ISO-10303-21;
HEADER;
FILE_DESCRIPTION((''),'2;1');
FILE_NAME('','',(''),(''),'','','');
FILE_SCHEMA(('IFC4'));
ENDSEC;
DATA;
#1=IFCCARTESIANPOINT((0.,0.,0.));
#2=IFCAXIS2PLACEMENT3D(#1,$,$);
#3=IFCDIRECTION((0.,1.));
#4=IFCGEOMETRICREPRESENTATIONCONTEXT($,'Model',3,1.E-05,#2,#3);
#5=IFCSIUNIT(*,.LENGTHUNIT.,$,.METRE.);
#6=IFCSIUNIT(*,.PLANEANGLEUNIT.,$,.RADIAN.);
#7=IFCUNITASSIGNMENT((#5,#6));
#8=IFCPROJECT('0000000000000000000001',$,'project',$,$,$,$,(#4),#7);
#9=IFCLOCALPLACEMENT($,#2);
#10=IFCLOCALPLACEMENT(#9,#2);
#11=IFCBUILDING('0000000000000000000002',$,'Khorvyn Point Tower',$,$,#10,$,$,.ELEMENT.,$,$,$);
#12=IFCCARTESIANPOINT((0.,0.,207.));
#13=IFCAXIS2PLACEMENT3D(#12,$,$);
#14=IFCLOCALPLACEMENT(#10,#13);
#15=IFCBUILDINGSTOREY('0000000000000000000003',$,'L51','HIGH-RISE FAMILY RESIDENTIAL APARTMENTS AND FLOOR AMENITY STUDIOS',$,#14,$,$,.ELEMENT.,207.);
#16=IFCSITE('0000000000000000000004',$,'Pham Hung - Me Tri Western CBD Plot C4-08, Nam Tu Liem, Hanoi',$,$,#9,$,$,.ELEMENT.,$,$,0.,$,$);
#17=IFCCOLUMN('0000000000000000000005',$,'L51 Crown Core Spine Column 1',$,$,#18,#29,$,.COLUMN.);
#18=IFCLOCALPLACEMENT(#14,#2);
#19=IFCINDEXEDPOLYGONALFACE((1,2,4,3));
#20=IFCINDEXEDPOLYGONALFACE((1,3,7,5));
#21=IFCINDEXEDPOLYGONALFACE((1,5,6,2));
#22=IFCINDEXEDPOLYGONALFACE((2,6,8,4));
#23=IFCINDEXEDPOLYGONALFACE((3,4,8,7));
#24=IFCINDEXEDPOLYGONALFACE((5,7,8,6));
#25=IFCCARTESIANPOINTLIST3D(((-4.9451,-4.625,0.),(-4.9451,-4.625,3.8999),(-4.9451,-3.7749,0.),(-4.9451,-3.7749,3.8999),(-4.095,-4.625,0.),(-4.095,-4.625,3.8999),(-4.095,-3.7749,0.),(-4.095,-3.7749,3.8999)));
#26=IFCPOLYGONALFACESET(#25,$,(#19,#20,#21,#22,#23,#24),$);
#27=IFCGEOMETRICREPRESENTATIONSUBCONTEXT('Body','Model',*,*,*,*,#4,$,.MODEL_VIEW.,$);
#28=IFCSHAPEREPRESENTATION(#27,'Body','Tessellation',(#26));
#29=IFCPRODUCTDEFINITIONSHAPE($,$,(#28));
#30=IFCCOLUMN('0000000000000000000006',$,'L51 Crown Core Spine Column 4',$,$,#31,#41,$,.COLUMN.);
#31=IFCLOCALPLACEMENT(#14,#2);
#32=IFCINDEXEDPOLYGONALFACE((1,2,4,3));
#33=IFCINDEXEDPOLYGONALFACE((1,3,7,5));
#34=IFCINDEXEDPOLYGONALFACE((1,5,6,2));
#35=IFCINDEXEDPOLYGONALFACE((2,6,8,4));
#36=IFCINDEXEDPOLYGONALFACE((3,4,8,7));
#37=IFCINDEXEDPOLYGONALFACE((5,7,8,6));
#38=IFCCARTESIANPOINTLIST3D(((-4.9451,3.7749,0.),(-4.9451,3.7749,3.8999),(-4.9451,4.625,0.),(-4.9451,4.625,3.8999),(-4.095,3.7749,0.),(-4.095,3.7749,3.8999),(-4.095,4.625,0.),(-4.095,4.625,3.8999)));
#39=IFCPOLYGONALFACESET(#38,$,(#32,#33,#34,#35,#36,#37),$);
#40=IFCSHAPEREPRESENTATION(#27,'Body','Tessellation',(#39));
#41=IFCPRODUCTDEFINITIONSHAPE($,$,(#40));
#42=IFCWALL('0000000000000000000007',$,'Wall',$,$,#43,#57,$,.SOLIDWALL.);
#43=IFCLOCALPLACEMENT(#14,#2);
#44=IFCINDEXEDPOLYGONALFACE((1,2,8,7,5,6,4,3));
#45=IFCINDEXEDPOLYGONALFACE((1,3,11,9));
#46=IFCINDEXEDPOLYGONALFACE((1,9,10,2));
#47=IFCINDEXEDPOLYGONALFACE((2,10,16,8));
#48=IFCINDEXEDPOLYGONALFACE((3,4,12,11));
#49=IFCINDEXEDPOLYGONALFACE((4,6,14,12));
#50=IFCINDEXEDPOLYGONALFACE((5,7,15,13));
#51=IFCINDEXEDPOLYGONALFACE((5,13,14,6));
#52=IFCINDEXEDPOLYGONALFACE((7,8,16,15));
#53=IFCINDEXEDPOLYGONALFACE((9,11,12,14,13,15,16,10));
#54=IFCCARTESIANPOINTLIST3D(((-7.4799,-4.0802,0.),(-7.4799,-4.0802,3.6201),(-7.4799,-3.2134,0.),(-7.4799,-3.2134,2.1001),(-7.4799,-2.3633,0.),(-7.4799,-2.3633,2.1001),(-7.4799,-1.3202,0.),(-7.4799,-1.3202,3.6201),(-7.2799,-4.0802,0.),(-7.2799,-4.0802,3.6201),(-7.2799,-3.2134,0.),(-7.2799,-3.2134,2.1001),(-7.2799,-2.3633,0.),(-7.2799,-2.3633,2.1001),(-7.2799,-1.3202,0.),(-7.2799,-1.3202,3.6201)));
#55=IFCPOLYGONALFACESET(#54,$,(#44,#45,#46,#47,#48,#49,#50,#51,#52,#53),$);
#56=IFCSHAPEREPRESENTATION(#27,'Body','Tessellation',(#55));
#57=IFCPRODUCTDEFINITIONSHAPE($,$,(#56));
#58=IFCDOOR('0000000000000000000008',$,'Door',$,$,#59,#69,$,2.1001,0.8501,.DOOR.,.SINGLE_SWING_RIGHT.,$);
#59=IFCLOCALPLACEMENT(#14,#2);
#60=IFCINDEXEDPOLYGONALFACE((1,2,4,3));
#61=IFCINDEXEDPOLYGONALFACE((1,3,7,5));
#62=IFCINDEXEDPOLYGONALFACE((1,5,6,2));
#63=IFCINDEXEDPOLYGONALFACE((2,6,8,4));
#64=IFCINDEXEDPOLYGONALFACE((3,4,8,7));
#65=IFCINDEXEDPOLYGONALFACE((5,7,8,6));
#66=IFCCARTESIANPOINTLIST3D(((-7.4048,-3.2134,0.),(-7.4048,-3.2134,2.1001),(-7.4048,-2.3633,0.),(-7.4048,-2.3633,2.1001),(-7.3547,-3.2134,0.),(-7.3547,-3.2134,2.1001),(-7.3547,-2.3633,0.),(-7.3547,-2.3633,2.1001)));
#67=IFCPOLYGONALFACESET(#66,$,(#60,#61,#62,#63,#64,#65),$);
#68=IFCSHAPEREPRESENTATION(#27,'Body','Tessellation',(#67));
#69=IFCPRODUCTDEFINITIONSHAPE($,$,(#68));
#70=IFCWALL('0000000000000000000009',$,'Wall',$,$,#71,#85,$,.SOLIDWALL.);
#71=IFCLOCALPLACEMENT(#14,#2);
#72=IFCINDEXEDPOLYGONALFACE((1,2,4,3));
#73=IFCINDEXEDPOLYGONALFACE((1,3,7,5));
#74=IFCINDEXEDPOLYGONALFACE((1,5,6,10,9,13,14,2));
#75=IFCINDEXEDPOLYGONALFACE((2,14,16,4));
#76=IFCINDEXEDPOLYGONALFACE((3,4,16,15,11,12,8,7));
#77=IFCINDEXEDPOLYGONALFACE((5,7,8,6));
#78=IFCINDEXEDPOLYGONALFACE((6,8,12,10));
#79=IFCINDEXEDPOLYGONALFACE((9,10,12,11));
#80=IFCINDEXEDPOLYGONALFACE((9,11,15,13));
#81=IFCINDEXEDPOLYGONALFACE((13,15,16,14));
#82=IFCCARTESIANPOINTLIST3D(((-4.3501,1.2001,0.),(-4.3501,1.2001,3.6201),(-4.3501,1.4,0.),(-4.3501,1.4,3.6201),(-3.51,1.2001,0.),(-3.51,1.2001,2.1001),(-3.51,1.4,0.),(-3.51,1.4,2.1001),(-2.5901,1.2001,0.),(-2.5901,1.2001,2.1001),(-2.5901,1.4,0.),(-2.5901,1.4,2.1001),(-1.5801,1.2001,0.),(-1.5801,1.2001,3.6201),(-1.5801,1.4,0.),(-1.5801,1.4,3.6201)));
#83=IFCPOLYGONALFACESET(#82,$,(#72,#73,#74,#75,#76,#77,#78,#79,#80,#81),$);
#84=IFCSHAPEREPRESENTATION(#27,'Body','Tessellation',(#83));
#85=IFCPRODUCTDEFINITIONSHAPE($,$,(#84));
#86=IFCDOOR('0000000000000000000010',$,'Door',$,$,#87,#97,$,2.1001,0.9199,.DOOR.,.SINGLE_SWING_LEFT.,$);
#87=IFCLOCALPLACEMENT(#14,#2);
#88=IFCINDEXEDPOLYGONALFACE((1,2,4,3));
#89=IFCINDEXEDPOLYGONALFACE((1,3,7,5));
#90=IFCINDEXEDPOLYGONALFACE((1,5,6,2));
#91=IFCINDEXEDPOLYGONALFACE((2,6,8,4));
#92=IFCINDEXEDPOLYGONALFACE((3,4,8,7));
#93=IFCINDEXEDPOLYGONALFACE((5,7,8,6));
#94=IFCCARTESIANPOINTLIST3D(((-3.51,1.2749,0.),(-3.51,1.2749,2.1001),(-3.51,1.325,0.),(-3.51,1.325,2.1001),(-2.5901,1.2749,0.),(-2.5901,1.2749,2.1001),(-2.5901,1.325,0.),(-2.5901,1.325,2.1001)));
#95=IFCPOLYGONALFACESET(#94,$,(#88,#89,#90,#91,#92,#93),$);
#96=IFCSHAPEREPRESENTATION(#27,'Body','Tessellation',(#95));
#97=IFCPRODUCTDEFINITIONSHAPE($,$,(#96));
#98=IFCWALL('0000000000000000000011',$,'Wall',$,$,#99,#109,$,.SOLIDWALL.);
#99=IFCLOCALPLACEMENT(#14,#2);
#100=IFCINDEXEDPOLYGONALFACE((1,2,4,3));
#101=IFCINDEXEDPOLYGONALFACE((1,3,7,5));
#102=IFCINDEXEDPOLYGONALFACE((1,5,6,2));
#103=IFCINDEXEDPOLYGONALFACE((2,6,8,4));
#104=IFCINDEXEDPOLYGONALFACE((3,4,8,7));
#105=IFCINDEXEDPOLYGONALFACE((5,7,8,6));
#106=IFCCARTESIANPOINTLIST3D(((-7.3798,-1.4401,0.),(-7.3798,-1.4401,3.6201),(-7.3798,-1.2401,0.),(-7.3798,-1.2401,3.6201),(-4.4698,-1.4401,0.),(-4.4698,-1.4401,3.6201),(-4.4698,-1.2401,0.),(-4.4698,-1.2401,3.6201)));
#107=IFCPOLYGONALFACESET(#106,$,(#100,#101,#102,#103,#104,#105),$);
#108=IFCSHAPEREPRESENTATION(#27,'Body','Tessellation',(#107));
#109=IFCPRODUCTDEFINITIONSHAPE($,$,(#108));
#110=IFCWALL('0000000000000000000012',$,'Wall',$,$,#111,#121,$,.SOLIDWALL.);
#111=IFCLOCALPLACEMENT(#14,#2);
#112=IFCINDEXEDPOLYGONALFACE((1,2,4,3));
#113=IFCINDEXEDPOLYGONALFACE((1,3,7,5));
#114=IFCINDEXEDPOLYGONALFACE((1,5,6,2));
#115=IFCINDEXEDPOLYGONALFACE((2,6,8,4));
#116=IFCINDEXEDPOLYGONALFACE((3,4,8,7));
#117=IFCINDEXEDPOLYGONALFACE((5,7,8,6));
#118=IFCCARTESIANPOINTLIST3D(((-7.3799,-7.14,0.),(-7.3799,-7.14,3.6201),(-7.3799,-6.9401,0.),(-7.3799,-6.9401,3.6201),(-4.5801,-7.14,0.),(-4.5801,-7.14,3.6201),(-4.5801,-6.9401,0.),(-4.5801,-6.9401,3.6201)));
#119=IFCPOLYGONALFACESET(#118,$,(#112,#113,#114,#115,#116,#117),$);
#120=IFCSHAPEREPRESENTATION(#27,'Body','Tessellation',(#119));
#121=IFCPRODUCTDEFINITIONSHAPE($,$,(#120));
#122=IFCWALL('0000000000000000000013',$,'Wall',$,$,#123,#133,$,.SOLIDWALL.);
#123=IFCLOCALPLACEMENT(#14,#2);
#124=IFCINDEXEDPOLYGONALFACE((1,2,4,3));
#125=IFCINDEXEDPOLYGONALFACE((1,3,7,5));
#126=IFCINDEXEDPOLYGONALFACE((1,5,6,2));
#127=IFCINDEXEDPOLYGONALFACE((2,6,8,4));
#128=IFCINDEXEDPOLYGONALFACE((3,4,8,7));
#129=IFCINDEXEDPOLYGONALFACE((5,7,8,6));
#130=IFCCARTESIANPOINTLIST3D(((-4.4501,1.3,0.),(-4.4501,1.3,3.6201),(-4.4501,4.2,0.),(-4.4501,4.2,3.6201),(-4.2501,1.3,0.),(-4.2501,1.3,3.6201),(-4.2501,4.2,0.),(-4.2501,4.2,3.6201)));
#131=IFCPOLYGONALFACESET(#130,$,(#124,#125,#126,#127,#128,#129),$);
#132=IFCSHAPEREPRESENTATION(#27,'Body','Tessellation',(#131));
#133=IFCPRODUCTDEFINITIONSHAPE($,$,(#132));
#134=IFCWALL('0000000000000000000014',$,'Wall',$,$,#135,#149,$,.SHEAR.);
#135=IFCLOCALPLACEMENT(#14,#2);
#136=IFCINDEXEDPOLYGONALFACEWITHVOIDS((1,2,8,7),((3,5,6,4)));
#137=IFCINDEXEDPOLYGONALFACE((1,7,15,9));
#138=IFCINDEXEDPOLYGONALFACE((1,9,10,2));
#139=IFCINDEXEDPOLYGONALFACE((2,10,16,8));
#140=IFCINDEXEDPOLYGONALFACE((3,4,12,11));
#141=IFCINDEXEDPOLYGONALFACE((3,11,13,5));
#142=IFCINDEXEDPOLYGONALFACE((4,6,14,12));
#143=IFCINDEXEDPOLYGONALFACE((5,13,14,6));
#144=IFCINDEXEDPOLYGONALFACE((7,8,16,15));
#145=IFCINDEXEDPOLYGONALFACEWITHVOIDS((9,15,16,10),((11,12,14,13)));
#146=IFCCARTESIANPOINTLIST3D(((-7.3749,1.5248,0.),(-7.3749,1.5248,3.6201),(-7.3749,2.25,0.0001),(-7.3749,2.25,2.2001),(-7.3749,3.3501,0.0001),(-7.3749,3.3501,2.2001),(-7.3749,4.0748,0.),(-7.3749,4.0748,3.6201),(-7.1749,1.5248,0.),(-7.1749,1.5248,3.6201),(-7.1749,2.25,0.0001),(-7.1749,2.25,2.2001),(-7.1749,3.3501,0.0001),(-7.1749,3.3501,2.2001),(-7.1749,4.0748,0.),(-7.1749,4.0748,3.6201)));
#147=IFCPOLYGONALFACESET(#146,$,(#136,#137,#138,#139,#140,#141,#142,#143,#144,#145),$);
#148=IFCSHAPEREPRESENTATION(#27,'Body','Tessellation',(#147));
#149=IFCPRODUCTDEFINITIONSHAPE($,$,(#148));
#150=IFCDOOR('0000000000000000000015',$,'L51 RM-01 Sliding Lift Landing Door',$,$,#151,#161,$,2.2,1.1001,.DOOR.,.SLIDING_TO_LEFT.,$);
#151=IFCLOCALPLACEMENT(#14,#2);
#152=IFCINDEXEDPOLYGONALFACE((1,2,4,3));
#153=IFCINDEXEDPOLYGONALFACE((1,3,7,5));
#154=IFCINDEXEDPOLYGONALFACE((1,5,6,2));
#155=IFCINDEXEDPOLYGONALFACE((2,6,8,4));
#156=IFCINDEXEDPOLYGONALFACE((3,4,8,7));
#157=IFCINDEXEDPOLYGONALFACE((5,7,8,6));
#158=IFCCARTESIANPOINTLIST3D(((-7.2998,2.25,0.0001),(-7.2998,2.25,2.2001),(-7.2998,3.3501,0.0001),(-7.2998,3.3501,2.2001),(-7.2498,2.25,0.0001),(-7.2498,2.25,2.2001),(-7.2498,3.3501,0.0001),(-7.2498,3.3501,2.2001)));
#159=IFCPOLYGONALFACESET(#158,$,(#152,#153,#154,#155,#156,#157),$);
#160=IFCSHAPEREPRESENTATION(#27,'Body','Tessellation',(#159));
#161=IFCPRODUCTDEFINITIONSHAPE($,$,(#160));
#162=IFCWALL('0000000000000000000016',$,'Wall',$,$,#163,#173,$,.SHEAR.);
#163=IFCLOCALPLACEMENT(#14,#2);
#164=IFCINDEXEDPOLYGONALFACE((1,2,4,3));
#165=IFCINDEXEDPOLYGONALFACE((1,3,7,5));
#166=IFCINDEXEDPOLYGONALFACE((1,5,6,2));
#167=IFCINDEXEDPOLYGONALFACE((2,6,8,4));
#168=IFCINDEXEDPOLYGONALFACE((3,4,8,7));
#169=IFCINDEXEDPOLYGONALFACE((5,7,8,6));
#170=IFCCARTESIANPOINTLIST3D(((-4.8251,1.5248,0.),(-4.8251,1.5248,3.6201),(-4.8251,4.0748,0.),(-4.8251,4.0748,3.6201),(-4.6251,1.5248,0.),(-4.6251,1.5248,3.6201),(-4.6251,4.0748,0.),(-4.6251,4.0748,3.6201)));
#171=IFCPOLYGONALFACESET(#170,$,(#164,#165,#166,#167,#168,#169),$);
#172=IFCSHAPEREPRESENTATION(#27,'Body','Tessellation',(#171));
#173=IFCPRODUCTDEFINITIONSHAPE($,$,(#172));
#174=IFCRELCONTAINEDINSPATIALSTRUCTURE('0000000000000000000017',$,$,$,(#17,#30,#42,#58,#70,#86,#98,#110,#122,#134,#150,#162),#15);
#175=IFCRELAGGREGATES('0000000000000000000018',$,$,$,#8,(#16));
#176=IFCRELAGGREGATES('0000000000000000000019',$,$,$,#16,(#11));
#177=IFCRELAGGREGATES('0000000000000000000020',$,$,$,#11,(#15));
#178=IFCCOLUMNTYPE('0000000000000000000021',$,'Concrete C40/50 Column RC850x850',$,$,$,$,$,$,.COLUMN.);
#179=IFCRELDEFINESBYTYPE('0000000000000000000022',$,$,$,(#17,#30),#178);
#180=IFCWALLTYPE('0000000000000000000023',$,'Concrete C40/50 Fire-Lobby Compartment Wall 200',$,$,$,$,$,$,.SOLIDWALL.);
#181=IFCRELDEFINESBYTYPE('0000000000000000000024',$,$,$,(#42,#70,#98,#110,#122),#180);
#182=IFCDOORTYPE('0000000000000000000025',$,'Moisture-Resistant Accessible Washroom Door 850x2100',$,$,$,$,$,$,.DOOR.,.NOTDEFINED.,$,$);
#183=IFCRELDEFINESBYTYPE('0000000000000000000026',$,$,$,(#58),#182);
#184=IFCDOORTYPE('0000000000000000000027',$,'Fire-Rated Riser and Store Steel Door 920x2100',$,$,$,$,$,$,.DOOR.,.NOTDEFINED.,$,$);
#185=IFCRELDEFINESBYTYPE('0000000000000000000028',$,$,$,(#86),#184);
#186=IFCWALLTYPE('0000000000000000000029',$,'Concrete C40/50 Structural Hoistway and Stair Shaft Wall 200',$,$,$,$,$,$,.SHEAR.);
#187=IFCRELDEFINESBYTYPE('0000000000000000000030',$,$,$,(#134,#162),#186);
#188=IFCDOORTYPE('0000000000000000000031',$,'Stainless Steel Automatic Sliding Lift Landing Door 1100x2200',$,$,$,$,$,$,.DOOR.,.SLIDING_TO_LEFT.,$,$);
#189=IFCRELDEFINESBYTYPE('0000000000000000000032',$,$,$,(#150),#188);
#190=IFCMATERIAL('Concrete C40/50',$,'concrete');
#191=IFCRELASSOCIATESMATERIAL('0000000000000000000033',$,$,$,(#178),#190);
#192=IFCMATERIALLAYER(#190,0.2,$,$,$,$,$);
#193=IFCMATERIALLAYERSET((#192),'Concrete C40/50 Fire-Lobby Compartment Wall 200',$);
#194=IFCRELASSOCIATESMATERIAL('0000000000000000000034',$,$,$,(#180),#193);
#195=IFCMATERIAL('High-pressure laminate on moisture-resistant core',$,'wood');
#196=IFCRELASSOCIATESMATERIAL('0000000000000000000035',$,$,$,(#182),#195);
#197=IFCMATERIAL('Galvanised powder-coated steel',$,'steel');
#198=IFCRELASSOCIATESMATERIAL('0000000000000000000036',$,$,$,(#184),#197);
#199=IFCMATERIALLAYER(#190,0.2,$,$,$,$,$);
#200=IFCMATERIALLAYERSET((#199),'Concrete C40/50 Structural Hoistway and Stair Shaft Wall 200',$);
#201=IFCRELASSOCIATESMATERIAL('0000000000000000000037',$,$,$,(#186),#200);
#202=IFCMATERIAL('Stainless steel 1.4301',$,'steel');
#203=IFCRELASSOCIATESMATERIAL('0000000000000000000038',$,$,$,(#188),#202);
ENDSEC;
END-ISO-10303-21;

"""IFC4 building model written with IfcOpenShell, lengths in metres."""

from ifc_helpers import new_model, si_unit, direction, frame, frame_2d, origin, origin_2d, place, context, subcontext, project, spatial, rectangle, extrude, material, layer, layer_set, material_profile, profile_set, type_object, element, fill, save


model = new_model("IFC4")

# Units and contexts
model_context = context("Model", 3, precision=1e-05, world=origin(), true_north=direction((0.0, 1.0)))
body_context = subcontext(model_context, "Body", "Model", "MODEL_VIEW")
ifc_project = project(units=[si_unit("LENGTHUNIT", "METRE"), si_unit("PLANEANGLEUNIT", "RADIAN")], contexts=[model_context])

# Site, building, storey
site_placement = place(None, origin())
site = spatial("IfcSite", under=ifc_project, at=site_placement, Name="Pham Hung - Me Tri Western CBD Plot C4-08, Nam Tu Liem, Hanoi", CompositionType="ELEMENT", RefElevation=0.0)
building_placement = place(site_placement, origin())
building = spatial("IfcBuilding", under=site, at=building_placement, Name="Khorvyn Point Tower", CompositionType="ELEMENT")
storey_placement = place(building_placement, frame((0.0, 0.0, 207.0)))
storey = spatial("IfcBuildingStorey", under=building, at=storey_placement, Name="L51", Description="HIGH-RISE FAMILY RESIDENTIAL APARTMENTS AND FLOOR AMENITY STUDIOS", CompositionType="ELEMENT", Elevation=207.0)

# Columns
ifc_material_1 = material(Name="Concrete C40/50", Category="concrete")
ifc_material_profile = material_profile(ifc_material_1, rectangle(XDim=0.8501, YDim=0.8501, at=origin_2d()))
ifc_profile_set = profile_set([ifc_material_profile], Name="Concrete C40/50 RC850x850")
column_type = type_object("IfcColumnType", Name="Concrete C40/50 Column RC850x850", PredefinedType="COLUMN", material=ifc_profile_set)
for number, where, z_axis, x_axis, name in (
    (1, (-4.52, -4.2, 0.0), (0.0, 0.0, 1.0), (1.0, 0.0, 0.0), "L51 Crown Core Spine Column 1"),
    (2, (-4.52, 4.2, 0.0), (0.0, 0.0, 1.0), (1.0, 0.0, 0.0), "L51 Crown Core Spine Column 4"),
):
    element("IfcColumn", number, at=place(storey_placement, frame(where, z_axis=z_axis, x_axis=x_axis)), inside=storey, type_object=column_type, Name=name, PredefinedType="COLUMN", context=body_context, shape_type="SweptSolid", body=[
        extrude(rectangle(XDim=0.8501, YDim=0.8501, at=origin_2d()), origin(), (0.0, 0.0, 1.0), 3.8999),
    ])

# Walls, openings, doors
ifc_layer_1 = layer(ifc_material_1, 0.2)
ifc_layer_set_1 = layer_set([ifc_layer_1], Name="Concrete C40/50 Fire-Lobby Compartment Wall 200")
wall_type_1 = type_object("IfcWallType", Name="Concrete C40/50 Fire-Lobby Compartment Wall 200", PredefinedType="SOLIDWALL", material=ifc_layer_set_1)
wall_1_placement = place(storey_placement, frame((-7.3799, -4.0801, 0.0), z_axis=(0.0, 0.0, 1.0), x_axis=(0.0, 1.0, 0.0)))
wall_1 = element("IfcWall", 3, at=wall_1_placement, inside=storey, type_object=wall_type_1, Name="Wall", PredefinedType="SOLIDWALL", context=body_context, shape_type="SweptSolid", body=[
    extrude(rectangle(XDim=2.76, YDim=0.2, at=frame_2d((1.3799, 0.0))), origin(), (0.0, 0.0, 1.0), 3.6201),
])
opening_1_placement = place(wall_1_placement, frame((0.8667, 0.0, 0.0)))
opening_1 = element("IfcOpeningElement", 4, at=opening_1_placement, cuts=wall_1, PredefinedType="OPENING", context=body_context, shape_type="SweptSolid", body=[
    extrude(rectangle(XDim=0.8501, YDim=2.1001, at=frame_2d((0.425, 1.05))), frame((0.0, 0.1099, 0.0), z_axis=(0.0, -1.0, 0.0), x_axis=(1.0, 0.0, 0.0)), (0.0, 0.0, 1.0), 0.22),
])
ifc_material_2 = material(Name="High-pressure laminate on moisture-resistant core", Category="wood")
door_type_1 = type_object("IfcDoorType", Name="Moisture-Resistant Accessible Washroom Door 850x2100", OperationType="NOTDEFINED", PredefinedType="DOOR", material=ifc_material_2)
door_1_placement = place(opening_1_placement, origin())
door_1 = element("IfcDoor", 5, at=door_1_placement, inside=storey, type_object=door_type_1, Name="Door", OperationType="SINGLE_SWING_RIGHT", OverallHeight=2.1001, OverallWidth=0.8501, PredefinedType="DOOR", context=body_context, shape_type="SweptSolid", body=[
    extrude(rectangle(XDim=0.8501, YDim=2.1001, at=frame_2d((0.425, 1.05))), frame((0.0, 0.0249, 0.0), z_axis=(0.0, -1.0, 0.0), x_axis=(1.0, 0.0, 0.0)), (0.0, 0.0, 1.0), 0.05),
])
fill(opening_1, door_1)
wall_2_placement = place(storey_placement, frame((-4.3501, 1.3, 0.0), z_axis=(0.0, 0.0, 1.0), x_axis=(1.0, 0.0, 0.0)))
wall_2 = element("IfcWall", 6, at=wall_2_placement, inside=storey, type_object=wall_type_1, Name="Wall", PredefinedType="SOLIDWALL", context=body_context, shape_type="SweptSolid", body=[
    extrude(rectangle(XDim=2.77, YDim=0.2, at=frame_2d((1.385, 0.0))), origin(), (0.0, 0.0, 1.0), 3.6201),
])
opening_2_placement = place(wall_2_placement, frame((0.8401, 0.0, 0.0)))
opening_2 = element("IfcOpeningElement", 7, at=opening_2_placement, cuts=wall_2, PredefinedType="OPENING", context=body_context, shape_type="SweptSolid", body=[
    extrude(rectangle(XDim=0.9199, YDim=2.1001, at=frame_2d((0.46, 1.05))), frame((0.0, 0.1099, 0.0), z_axis=(0.0, -1.0, 0.0), x_axis=(1.0, 0.0, 0.0)), (0.0, 0.0, 1.0), 0.22),
])
ifc_material_3 = material(Name="Galvanised powder-coated steel", Category="steel")
door_type_2 = type_object("IfcDoorType", Name="Fire-Rated Riser and Store Steel Door 920x2100", OperationType="NOTDEFINED", PredefinedType="DOOR", material=ifc_material_3)
door_2_placement = place(opening_2_placement, origin())
door_2 = element("IfcDoor", 8, at=door_2_placement, inside=storey, type_object=door_type_2, Name="Door", OperationType="SINGLE_SWING_LEFT", OverallHeight=2.1001, OverallWidth=0.9199, PredefinedType="DOOR", context=body_context, shape_type="SweptSolid", body=[
    extrude(rectangle(XDim=0.9199, YDim=2.1001, at=frame_2d((0.46, 1.05))), frame((0.0, 0.0249, 0.0), z_axis=(0.0, -1.0, 0.0), x_axis=(1.0, 0.0, 0.0)), (0.0, 0.0, 1.0), 0.05),
])
fill(opening_2, door_2)

# Walls
wall_3_placement = place(storey_placement, frame((-7.3799, -1.3401, 0.0), z_axis=(0.0, 0.0, 1.0), x_axis=(1.0, 0.0, 0.0)))
element("IfcWall", 9, at=wall_3_placement, inside=storey, type_object=wall_type_1, Name="Wall", PredefinedType="SOLIDWALL", context=body_context, shape_type="SweptSolid", body=[
    extrude(rectangle(XDim=2.9099, YDim=0.2, at=frame_2d((1.4551, 0.0))), origin(), (0.0, 0.0, 1.0), 3.6201),
])
wall_4_placement = place(storey_placement, frame((-7.3799, -7.04, 0.0), z_axis=(0.0, 0.0, 1.0), x_axis=(1.0, 0.0, 0.0)))
element("IfcWall", 10, at=wall_4_placement, inside=storey, type_object=wall_type_1, Name="Wall", PredefinedType="SOLIDWALL", context=body_context, shape_type="SweptSolid", body=[
    extrude(rectangle(XDim=2.7998, YDim=0.2, at=frame_2d((1.3999, 0.0))), origin(), (0.0, 0.0, 1.0), 3.6201),
])
wall_5_placement = place(storey_placement, frame((-4.3501, 1.3, 0.0), z_axis=(0.0, 0.0, 1.0), x_axis=(0.0, 1.0, 0.0)))
element("IfcWall", 11, at=wall_5_placement, inside=storey, type_object=wall_type_1, Name="Wall", PredefinedType="SOLIDWALL", context=body_context, shape_type="SweptSolid", body=[
    extrude(rectangle(XDim=2.8999, YDim=0.2, at=frame_2d((1.45, 0.0))), origin(), (0.0, 0.0, 1.0), 3.6201),
])

# Wall, opening, door
ifc_layer_2 = layer(ifc_material_1, 0.2)
ifc_layer_set_2 = layer_set([ifc_layer_2], Name="Concrete C40/50 Structural Hoistway and Stair Shaft Wall 200")
wall_type_2 = type_object("IfcWallType", Name="Concrete C40/50 Structural Hoistway and Stair Shaft Wall 200", PredefinedType="SHEAR", material=ifc_layer_set_2)
wall_6_placement = place(storey_placement, frame((-7.2749, 1.5249, 0.0), z_axis=(0.0, 0.0, 1.0), x_axis=(0.0, 1.0, 0.0)))
wall_6 = element("IfcWall", 12, at=wall_6_placement, inside=storey, type_object=wall_type_2, Name="Wall", PredefinedType="SHEAR", context=body_context, shape_type="SweptSolid", body=[
    extrude(rectangle(XDim=2.55, YDim=0.2, at=frame_2d((1.2749, 0.0))), origin(), (0.0, 0.0, 1.0), 3.6201),
])
opening_3_placement = place(wall_6_placement, frame((0.7251, 0.0, 0.0)))
opening_3 = element("IfcOpeningElement", 13, at=opening_3_placement, cuts=wall_6, PredefinedType="OPENING", context=body_context, shape_type="SweptSolid", body=[
    extrude(rectangle(XDim=1.1001, YDim=2.2, at=frame_2d((0.55, 1.1001))), frame((0.0, 0.1099, 0.0), z_axis=(0.0, -1.0, 0.0), x_axis=(1.0, 0.0, 0.0)), (0.0, 0.0, 1.0), 0.22),
])
ifc_material_4 = material(Name="Stainless steel 1.4301", Category="steel")
door_type_3 = type_object("IfcDoorType", Name="Stainless Steel Automatic Sliding Lift Landing Door 1100x2200", OperationType="SLIDING_TO_LEFT", PredefinedType="DOOR", material=ifc_material_4)
door_3_placement = place(opening_3_placement, origin())
door_3 = element("IfcDoor", 14, at=door_3_placement, inside=storey, type_object=door_type_3, Name="L51 RM-01 Sliding Lift Landing Door", OperationType="SLIDING_TO_LEFT", OverallHeight=2.2, OverallWidth=1.1001, PredefinedType="DOOR", context=body_context, shape_type="SweptSolid", body=[
    extrude(rectangle(XDim=1.1001, YDim=2.2, at=frame_2d((0.55, 1.1001))), frame((0.0, 0.0249, 0.0), z_axis=(0.0, -1.0, 0.0), x_axis=(1.0, 0.0, 0.0)), (0.0, 0.0, 1.0), 0.05),
])
fill(opening_3, door_3)

# Wall
wall_7_placement = place(storey_placement, frame((-4.7251, 1.5249, 0.0), z_axis=(0.0, 0.0, 1.0), x_axis=(0.0, 1.0, 0.0)))
element("IfcWall", 15, at=wall_7_placement, inside=storey, type_object=wall_type_2, Name="Wall", PredefinedType="SHEAR", context=body_context, shape_type="SweptSolid", body=[
    extrude(rectangle(XDim=2.55, YDim=0.2, at=frame_2d((1.2749, 0.0))), origin(), (0.0, 0.0, 1.0), 3.6201),
])

save(model, "model.ifc")
